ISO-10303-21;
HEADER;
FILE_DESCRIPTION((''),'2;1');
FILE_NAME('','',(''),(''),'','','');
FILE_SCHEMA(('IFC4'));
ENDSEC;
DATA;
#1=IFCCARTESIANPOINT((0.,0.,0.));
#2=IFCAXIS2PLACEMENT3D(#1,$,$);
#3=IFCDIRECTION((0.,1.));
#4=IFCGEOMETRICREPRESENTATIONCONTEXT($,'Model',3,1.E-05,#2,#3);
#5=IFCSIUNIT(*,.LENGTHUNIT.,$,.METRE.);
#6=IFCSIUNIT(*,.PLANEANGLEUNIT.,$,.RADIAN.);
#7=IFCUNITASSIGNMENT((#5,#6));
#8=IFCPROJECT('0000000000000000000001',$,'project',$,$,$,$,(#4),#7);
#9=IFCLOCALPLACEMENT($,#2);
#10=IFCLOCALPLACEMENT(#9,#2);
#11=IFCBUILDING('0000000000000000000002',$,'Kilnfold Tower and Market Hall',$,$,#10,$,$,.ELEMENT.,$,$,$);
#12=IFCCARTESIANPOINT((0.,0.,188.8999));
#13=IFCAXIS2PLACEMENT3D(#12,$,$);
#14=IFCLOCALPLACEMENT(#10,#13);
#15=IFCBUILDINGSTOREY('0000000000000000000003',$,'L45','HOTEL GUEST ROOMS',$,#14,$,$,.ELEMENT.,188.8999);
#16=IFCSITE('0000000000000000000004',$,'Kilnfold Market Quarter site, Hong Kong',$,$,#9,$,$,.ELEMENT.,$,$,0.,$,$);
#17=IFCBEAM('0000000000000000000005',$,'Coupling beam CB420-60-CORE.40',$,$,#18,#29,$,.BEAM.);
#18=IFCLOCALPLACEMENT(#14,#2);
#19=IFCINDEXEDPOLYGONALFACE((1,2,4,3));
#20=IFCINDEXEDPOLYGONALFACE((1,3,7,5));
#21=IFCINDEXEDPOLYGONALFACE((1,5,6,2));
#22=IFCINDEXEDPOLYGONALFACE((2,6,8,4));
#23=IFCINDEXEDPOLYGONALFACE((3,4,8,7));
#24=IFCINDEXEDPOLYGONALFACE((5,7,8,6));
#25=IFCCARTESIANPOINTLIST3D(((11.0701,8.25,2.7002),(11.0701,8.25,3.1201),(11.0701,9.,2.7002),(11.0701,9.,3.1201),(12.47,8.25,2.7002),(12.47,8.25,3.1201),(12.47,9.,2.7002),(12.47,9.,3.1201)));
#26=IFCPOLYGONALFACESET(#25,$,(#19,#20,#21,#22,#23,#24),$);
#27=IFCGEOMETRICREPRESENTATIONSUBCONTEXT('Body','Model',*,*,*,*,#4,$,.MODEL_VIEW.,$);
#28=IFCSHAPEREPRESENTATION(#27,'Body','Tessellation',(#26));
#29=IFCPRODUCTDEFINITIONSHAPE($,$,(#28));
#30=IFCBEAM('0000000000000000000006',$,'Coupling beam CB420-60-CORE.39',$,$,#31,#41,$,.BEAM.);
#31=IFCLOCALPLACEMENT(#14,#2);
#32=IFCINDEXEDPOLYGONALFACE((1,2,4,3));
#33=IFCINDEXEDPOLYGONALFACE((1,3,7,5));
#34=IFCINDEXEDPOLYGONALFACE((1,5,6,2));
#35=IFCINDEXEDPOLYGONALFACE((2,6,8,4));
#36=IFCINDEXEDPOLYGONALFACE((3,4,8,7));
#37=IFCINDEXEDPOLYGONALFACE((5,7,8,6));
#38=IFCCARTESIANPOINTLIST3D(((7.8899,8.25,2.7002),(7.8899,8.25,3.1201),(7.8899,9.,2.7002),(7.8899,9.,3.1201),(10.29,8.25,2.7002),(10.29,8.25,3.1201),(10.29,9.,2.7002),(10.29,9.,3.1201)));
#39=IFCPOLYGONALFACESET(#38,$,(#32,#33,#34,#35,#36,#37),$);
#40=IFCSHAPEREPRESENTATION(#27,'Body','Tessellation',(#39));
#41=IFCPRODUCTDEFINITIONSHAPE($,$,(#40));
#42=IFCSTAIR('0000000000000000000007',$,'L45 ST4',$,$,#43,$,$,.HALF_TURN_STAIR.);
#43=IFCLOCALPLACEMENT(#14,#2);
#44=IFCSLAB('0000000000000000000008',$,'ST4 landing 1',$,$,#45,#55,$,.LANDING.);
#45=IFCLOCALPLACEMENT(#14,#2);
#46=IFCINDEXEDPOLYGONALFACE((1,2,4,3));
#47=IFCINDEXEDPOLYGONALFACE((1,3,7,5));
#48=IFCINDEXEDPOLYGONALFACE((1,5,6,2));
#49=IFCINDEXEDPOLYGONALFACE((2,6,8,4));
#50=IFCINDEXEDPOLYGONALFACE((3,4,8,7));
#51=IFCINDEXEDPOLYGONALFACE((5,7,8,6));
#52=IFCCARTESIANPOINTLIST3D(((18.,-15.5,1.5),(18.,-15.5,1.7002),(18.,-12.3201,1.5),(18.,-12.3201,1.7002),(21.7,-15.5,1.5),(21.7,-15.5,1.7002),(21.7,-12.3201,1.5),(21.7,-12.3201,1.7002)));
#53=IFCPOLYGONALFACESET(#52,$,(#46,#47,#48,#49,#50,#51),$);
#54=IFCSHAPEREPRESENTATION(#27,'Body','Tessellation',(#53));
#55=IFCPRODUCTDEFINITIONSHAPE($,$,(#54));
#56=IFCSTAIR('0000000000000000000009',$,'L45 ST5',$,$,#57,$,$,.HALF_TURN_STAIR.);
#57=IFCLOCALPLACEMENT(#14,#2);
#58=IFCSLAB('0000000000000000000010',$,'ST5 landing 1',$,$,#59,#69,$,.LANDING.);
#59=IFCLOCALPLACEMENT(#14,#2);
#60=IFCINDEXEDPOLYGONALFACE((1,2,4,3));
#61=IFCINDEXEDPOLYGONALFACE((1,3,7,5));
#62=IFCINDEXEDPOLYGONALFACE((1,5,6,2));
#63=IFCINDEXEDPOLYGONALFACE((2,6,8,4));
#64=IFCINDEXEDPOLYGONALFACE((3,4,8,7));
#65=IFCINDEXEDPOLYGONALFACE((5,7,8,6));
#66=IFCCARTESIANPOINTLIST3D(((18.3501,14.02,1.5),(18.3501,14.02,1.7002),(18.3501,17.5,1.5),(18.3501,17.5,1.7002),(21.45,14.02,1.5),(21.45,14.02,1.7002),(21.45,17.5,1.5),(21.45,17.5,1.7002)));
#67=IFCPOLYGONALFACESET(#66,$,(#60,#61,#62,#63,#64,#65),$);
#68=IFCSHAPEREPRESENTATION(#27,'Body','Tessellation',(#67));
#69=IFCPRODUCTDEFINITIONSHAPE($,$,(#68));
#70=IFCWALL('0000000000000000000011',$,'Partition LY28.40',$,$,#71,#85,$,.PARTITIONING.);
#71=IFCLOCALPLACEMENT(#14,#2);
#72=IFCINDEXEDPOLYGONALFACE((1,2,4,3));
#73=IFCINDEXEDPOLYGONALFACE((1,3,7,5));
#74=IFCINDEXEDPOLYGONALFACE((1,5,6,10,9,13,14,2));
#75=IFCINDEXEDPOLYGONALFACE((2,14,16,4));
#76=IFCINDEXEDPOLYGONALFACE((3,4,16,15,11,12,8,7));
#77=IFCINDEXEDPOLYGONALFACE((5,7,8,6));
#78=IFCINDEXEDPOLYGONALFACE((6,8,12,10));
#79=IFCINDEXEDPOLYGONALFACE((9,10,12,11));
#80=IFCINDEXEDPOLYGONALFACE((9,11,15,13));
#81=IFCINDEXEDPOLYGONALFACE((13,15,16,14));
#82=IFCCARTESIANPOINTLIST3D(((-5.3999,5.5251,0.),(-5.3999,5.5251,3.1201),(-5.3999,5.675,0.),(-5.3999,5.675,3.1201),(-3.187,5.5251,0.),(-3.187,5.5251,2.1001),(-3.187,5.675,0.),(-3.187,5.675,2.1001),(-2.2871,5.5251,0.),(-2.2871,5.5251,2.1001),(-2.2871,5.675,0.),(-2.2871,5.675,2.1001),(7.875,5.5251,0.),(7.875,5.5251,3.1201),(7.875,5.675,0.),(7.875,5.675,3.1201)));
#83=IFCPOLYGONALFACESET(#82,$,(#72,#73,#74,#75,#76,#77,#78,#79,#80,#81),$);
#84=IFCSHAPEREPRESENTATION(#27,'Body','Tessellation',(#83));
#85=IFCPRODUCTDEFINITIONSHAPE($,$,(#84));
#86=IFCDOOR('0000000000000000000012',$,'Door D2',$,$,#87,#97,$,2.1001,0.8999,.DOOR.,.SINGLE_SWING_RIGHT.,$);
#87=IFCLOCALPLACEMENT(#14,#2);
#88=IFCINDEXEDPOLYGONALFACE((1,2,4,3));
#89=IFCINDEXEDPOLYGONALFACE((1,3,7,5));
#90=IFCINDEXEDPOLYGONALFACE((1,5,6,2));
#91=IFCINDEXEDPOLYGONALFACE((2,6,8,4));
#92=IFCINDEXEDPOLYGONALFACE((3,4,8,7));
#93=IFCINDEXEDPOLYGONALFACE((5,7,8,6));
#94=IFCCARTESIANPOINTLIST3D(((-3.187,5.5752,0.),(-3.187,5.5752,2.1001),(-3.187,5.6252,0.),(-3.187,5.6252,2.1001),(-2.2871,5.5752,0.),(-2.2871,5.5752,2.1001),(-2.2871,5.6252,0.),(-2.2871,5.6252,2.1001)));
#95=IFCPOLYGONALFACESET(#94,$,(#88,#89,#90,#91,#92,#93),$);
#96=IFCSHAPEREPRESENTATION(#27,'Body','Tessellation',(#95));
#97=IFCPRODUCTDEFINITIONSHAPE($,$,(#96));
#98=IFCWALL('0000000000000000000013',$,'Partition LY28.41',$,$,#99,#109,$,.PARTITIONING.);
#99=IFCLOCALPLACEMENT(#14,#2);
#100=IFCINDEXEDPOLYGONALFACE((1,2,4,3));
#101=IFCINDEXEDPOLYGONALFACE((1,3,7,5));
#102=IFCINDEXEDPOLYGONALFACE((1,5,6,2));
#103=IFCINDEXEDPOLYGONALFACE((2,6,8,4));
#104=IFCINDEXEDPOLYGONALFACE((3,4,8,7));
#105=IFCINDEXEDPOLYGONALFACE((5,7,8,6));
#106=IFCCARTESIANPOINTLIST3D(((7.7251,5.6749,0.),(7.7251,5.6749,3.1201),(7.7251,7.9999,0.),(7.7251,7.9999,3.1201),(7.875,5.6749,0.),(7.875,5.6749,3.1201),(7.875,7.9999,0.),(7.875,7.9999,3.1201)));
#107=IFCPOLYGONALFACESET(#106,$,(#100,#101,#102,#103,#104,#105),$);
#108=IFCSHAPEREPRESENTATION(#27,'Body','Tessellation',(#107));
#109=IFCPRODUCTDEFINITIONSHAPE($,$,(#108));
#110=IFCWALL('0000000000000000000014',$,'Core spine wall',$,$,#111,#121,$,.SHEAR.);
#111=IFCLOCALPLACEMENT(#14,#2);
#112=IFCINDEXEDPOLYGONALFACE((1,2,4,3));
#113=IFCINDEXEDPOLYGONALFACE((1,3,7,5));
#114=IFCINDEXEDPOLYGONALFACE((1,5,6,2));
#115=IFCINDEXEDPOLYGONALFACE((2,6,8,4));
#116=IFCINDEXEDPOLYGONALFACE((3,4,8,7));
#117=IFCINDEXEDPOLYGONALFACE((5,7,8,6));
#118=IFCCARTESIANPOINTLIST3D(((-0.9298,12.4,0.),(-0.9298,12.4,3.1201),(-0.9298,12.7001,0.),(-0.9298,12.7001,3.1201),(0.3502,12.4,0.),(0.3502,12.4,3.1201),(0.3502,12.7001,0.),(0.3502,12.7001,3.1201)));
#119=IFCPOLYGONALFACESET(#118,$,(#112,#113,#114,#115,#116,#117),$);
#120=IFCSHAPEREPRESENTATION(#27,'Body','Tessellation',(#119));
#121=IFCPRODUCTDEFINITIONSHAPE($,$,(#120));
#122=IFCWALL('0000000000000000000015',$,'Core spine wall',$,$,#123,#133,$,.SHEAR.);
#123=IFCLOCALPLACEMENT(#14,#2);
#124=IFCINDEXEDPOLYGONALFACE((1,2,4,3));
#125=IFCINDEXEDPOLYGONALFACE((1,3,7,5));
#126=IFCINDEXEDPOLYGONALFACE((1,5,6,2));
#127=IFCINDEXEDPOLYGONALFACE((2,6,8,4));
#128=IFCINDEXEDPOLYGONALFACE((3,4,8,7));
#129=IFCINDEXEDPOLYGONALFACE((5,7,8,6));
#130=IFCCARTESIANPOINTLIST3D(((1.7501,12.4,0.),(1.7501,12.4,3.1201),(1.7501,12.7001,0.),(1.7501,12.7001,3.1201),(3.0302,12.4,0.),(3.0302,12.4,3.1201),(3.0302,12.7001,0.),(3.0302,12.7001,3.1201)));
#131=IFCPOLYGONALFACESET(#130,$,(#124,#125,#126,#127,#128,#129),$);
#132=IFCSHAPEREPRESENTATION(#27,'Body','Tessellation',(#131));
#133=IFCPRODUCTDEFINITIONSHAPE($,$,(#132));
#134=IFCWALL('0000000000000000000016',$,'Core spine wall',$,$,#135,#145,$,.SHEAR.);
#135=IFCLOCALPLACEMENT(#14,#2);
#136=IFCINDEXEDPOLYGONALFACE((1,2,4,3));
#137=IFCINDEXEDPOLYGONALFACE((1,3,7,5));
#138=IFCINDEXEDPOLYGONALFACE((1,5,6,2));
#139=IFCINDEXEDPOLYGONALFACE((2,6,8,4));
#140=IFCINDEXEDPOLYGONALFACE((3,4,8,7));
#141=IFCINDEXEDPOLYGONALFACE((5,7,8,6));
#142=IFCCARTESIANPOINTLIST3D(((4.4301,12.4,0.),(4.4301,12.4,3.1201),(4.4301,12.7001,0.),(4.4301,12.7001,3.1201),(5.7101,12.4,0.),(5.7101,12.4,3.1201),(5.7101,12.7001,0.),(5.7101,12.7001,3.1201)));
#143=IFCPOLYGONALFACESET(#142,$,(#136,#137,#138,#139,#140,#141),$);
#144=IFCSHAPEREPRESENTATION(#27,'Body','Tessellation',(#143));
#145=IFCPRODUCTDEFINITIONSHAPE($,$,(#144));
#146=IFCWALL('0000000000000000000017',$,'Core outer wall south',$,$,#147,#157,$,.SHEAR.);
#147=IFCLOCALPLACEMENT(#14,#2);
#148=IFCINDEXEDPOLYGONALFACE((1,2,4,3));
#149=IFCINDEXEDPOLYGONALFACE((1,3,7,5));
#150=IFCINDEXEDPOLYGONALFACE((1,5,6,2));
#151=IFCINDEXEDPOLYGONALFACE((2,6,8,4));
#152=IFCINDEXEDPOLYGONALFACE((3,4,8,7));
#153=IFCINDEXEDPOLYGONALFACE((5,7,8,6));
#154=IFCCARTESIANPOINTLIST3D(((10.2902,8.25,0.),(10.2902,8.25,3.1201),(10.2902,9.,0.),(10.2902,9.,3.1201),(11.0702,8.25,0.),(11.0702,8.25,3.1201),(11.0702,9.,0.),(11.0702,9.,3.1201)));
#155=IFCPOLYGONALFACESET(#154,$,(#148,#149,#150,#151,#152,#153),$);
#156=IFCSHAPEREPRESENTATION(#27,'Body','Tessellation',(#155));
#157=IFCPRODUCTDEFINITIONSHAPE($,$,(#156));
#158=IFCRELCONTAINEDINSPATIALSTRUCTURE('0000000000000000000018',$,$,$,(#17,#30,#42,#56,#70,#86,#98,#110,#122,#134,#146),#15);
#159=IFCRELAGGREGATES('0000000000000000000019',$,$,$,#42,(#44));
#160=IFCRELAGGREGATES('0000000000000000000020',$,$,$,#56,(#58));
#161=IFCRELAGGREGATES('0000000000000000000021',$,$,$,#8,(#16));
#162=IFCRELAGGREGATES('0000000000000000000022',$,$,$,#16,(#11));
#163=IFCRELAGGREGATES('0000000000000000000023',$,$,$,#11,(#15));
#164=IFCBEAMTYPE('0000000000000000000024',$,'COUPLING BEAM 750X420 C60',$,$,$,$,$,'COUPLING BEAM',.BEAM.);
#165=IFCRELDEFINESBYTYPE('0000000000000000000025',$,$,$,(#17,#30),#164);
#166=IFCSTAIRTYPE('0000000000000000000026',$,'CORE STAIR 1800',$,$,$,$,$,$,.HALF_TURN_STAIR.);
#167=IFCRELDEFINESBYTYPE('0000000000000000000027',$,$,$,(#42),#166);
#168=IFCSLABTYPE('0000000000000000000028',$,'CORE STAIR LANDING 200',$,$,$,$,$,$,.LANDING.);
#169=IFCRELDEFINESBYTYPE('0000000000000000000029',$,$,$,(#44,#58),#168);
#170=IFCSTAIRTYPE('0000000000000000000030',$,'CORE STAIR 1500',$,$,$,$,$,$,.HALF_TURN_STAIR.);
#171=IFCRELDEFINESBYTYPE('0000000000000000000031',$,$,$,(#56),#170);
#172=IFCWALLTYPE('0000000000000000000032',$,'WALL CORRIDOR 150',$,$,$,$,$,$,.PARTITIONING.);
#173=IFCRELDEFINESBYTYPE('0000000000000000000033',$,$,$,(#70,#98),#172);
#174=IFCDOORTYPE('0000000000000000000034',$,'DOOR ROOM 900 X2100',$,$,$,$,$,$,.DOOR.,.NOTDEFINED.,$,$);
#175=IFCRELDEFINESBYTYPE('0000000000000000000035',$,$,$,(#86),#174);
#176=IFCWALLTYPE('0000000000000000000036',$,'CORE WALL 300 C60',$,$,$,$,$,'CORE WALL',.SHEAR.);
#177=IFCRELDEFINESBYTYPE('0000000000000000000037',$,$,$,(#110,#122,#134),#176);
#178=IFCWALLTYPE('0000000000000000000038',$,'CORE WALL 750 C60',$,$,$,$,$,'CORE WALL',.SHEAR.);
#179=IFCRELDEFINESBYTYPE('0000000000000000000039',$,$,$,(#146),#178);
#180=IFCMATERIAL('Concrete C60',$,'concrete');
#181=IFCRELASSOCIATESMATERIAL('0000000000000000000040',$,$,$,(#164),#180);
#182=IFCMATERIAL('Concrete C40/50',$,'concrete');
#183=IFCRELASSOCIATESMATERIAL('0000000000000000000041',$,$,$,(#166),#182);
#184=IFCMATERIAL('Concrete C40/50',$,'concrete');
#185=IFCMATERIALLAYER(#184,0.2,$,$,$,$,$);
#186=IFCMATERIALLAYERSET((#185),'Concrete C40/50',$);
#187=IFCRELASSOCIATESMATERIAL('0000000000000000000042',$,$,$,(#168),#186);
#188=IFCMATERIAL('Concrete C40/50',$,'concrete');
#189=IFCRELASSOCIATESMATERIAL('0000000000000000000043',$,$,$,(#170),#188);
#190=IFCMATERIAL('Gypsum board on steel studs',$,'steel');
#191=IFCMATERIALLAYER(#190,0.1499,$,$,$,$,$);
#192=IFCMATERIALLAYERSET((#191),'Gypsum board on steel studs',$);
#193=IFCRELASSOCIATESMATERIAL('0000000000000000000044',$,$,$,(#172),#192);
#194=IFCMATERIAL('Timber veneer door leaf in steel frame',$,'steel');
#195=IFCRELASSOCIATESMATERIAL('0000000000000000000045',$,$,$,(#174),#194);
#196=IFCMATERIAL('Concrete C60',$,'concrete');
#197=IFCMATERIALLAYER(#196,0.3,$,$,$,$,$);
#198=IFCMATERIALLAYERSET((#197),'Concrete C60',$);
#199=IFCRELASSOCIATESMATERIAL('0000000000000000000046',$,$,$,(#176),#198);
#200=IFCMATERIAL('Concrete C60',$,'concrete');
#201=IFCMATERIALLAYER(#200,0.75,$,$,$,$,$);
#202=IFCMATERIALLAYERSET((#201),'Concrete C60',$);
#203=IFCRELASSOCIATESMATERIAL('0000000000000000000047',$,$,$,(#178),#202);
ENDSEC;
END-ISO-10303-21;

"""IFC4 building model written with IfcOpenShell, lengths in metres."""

from ifc_helpers import new_model, si_unit, direction, frame, frame_2d, origin, origin_2d, place, context, subcontext, project, spatial, polyline, rectangle, outline, extrude, source, transform, mapped, material, layer, layer_set, material_profile, profile_set, type_object, element, fill, aggregate, save


model = new_model("IFC4")

# Units and contexts
model_context = context("Model", 3, precision=1e-05, world=origin(), true_north=direction((0.0, 1.0)))
body_context = subcontext(model_context, "Body", "Model", "MODEL_VIEW")
ifc_project = project(units=[si_unit("LENGTHUNIT", "METRE"), si_unit("PLANEANGLEUNIT", "RADIAN")], contexts=[model_context])

# Site, building, storey
site_placement = place(None, origin())
site = spatial("IfcSite", under=ifc_project, at=site_placement, Name="Kilnfold Market Quarter site, Hong Kong", CompositionType="ELEMENT", RefElevation=0.0)
building_placement = place(site_placement, origin())
building = spatial("IfcBuilding", under=site, at=building_placement, Name="Kilnfold Tower and Market Hall", CompositionType="ELEMENT")
storey_placement = place(building_placement, frame((0.0, 0.0, 188.8999)))
storey = spatial("IfcBuildingStorey", under=building, at=storey_placement, Name="L45", Description="HOTEL GUEST ROOMS", CompositionType="ELEMENT", Elevation=188.8999)

# Beams
ifc_material_1 = material(Name="Concrete C60", Category="concrete")
ifc_material_profile = material_profile(ifc_material_1, rectangle(XDim=0.75, YDim=0.4199, at=origin_2d()), Name="RC 750x420")
ifc_profile_set = profile_set([ifc_material_profile], Name="Concrete C60")
beam_type = type_object("IfcBeamType", Name="COUPLING BEAM 750X420 C60", ElementType="COUPLING BEAM", PredefinedType="BEAM", material=ifc_profile_set)
shared_shape_1 = source(origin(), body_context, "Body", "SweptSolid", [
    extrude(rectangle(XDim=0.75, YDim=0.4199, at=origin_2d()), origin(), (0.0, 0.0, 1.0), 1.3999),
])
beam_1_placement = place(storey_placement, frame((11.0701, 8.625, 2.9102), z_axis=(1.0, 0.0, 0.0), x_axis=(0.0, 1.0, 0.0)))
element("IfcBeam", 1, at=beam_1_placement, inside=storey, type_object=beam_type, Name="Coupling beam CB420-60-CORE.40", PredefinedType="BEAM", context=body_context, shape_type="MappedRepresentation", body=[
    mapped(shared_shape_1, transform((0.0, 0.0, 0.0))),
])
shared_shape_2 = source(origin(), body_context, "Body", "SweptSolid", [
    extrude(rectangle(XDim=0.75, YDim=0.4199, at=origin_2d()), origin(), (0.0, 0.0, 1.0), 2.4001),
])
beam_2_placement = place(storey_placement, frame((7.8899, 8.625, 2.9102), z_axis=(1.0, 0.0, 0.0), x_axis=(0.0, 1.0, 0.0)))
element("IfcBeam", 2, at=beam_2_placement, inside=storey, type_object=beam_type, Name="Coupling beam CB420-60-CORE.39", PredefinedType="BEAM", context=body_context, shape_type="MappedRepresentation", body=[
    mapped(shared_shape_2, transform((0.0, 0.0, 0.0))),
])

# Stairs, slabs
ifc_material_2 = material(Name="Concrete C40/50", Category="concrete")
stair_type_1 = type_object("IfcStairType", Name="CORE STAIR 1800", PredefinedType="HALF_TURN_STAIR", material=ifc_material_2)
stair_1_placement = place(storey_placement, origin())
stair_1 = element("IfcStair", 3, at=stair_1_placement, inside=storey, type_object=stair_type_1, Name="L45 ST4", PredefinedType="HALF_TURN_STAIR")
ifc_material_3 = material(Name="Concrete C40/50", Category="concrete")
ifc_layer_1 = layer(ifc_material_3, 0.2)
ifc_layer_set_1 = layer_set([ifc_layer_1], Name="Concrete C40/50")
slab_type = type_object("IfcSlabType", Name="CORE STAIR LANDING 200", PredefinedType="LANDING", material=ifc_layer_set_1)
shared_shape_3 = source(origin(), body_context, "Body", "SweptSolid", [
    extrude(outline(polyline([(18.0, -12.3201), (18.0, -15.5), (21.7, -15.5), (21.7, -12.3201), (18.0, -12.3201)])), origin(), (0.0, 0.0, 1.0), 0.2002),
])
slab_1_placement = place(storey_placement, frame((0.0, 0.0, 1.5)))
slab_1 = element("IfcSlab", 4, at=slab_1_placement, type_object=slab_type, Name="ST4 landing 1", PredefinedType="LANDING", context=body_context, shape_type="MappedRepresentation", body=[
    mapped(shared_shape_3, transform((0.0, 0.0, 0.0))),
])
aggregate(stair_1, [slab_1])
ifc_material_4 = material(Name="Concrete C40/50", Category="concrete")
stair_type_2 = type_object("IfcStairType", Name="CORE STAIR 1500", PredefinedType="HALF_TURN_STAIR", material=ifc_material_4)
stair_2_placement = place(storey_placement, origin())
stair_2 = element("IfcStair", 5, at=stair_2_placement, inside=storey, type_object=stair_type_2, Name="L45 ST5", PredefinedType="HALF_TURN_STAIR")
shared_shape_4 = source(origin(), body_context, "Body", "SweptSolid", [
    extrude(outline(polyline([(21.45, 14.02), (21.45, 17.5), (18.3501, 17.5), (18.3501, 14.02), (21.45, 14.02)])), origin(), (0.0, 0.0, 1.0), 0.2002),
])
slab_2_placement = place(storey_placement, frame((0.0, 0.0, 1.5)))
slab_2 = element("IfcSlab", 6, at=slab_2_placement, type_object=slab_type, Name="ST5 landing 1", PredefinedType="LANDING", context=body_context, shape_type="MappedRepresentation", body=[
    mapped(shared_shape_4, transform((0.0, 0.0, 0.0))),
])
aggregate(stair_2, [slab_2])

# Wall, opening, door
ifc_material_5 = material(Name="Gypsum board on steel studs", Category="steel")
ifc_layer_2 = layer(ifc_material_5, 0.1499)
ifc_layer_set_2 = layer_set([ifc_layer_2], Name="Gypsum board on steel studs")
wall_type_1 = type_object("IfcWallType", Name="WALL CORRIDOR 150", PredefinedType="PARTITIONING", material=ifc_layer_set_2)
wall_1_placement = place(storey_placement, frame((7.875, 5.6001, 0.0), z_axis=(0.0, 0.0, 1.0), x_axis=(-1.0, 0.0, 0.0)))
wall_1 = element("IfcWall", 7, at=wall_1_placement, inside=storey, type_object=wall_type_1, Name="Partition LY28.40", PredefinedType="PARTITIONING", context=body_context, shape_type="SweptSolid", body=[
    extrude(rectangle(XDim=13.2749, YDim=0.1499, at=frame_2d((6.6375, 0.0))), origin(), (0.0, 0.0, 1.0), 3.1201),
])
opening_1_placement = place(wall_1_placement, frame((10.1621, 0.0, 0.0)))
opening_1 = element("IfcOpeningElement", 8, at=opening_1_placement, cuts=wall_1, PredefinedType="OPENING", context=body_context, shape_type="SweptSolid", body=[
    extrude(rectangle(XDim=0.8999, YDim=2.1001, at=frame_2d((0.45, 1.05))), frame((0.0, 0.085, 0.0), z_axis=(0.0, -1.0, 0.0), x_axis=(1.0, 0.0, 0.0)), (0.0, 0.0, 1.0), 0.1699),
])
ifc_material_6 = material(Name="Timber veneer door leaf in steel frame", Category="steel")
door_type_1 = type_object("IfcDoorType", Name="DOOR ROOM 900 X2100", OperationType="NOTDEFINED", PredefinedType="DOOR", material=ifc_material_6)
door_1_placement = place(opening_1_placement, origin())
door_1 = element("IfcDoor", 9, at=door_1_placement, inside=storey, type_object=door_type_1, Name="Door D2", OperationType="SINGLE_SWING_RIGHT", OverallHeight=2.1001, OverallWidth=0.8999, PredefinedType="DOOR", context=body_context, shape_type="SweptSolid", body=[
    extrude(rectangle(XDim=0.8999, YDim=2.1001, at=frame_2d((0.45, 1.05))), frame((0.0, 0.0249, 0.0), z_axis=(0.0, -1.0, 0.0), x_axis=(1.0, 0.0, 0.0)), (0.0, 0.0, 1.0), 0.05),
])
fill(opening_1, door_1)

# Walls
wall_2_placement = place(storey_placement, frame((7.8, 8.0, 0.0), z_axis=(0.0, 0.0, 1.0), x_axis=(0.0, -1.0, 0.0)))
element("IfcWall", 10, at=wall_2_placement, inside=storey, type_object=wall_type_1, Name="Partition LY28.41", PredefinedType="PARTITIONING", context=body_context, shape_type="SweptSolid", body=[
    extrude(rectangle(XDim=2.325, YDim=0.1499, at=frame_2d((1.1626, 0.0))), origin(), (0.0, 0.0, 1.0), 3.1201),
])
ifc_material_7 = material(Name="Concrete C60", Category="concrete")
ifc_layer_3 = layer(ifc_material_7, 0.3)
ifc_layer_set_3 = layer_set([ifc_layer_3], Name="Concrete C60")
wall_type_2 = type_object("IfcWallType", Name="CORE WALL 300 C60", ElementType="CORE WALL", PredefinedType="SHEAR", material=ifc_layer_set_3)
shared_shape_5 = source(origin(), body_context, "Body", "SweptSolid", [
    extrude(rectangle(XDim=1.28, YDim=0.3, at=frame_2d((0.6401, 0.0))), origin(), (0.0, 0.0, 1.0), 3.1201),
])
for number, where, z_axis, x_axis, name in (
    (11, (-0.9299, 12.55, 0.0), (0.0, 0.0, 1.0), (1.0, 0.0, 0.0), "Core spine wall"),
    (12, (1.75, 12.55, 0.0), (0.0, 0.0, 1.0), (1.0, 0.0, 0.0), "Core spine wall"),
    (13, (4.4299, 12.55, 0.0), (0.0, 0.0, 1.0), (1.0, 0.0, 0.0), "Core spine wall"),
):
    element("IfcWall", number, at=place(storey_placement, frame(where, z_axis=z_axis, x_axis=x_axis)), inside=storey, type_object=wall_type_2, Name=name, PredefinedType="SHEAR", context=body_context, shape_type="MappedRepresentation", body=[
        mapped(shared_shape_5, transform((0.0, 0.0, 0.0))),
    ])
ifc_material_8 = material(Name="Concrete C60", Category="concrete")
ifc_layer_4 = layer(ifc_material_8, 0.75)
ifc_layer_set_4 = layer_set([ifc_layer_4], Name="Concrete C60")
wall_type_3 = type_object("IfcWallType", Name="CORE WALL 750 C60", ElementType="CORE WALL", PredefinedType="SHEAR", material=ifc_layer_set_4)
shared_shape_6 = source(origin(), body_context, "Body", "SweptSolid", [
    extrude(rectangle(XDim=0.78, YDim=0.75, at=frame_2d((0.3901, 0.0))), origin(), (0.0, 0.0, 1.0), 3.1201),
])
wall_3_placement = place(storey_placement, frame((10.29, 8.625, 0.0), z_axis=(0.0, 0.0, 1.0), x_axis=(1.0, 0.0, 0.0)))
element("IfcWall", 14, at=wall_3_placement, inside=storey, type_object=wall_type_3, Name="Core outer wall south", PredefinedType="SHEAR", context=body_context, shape_type="MappedRepresentation", body=[
    mapped(shared_shape_6, transform((0.0, 0.0, 0.0))),
])

save(model, "model.ifc")
